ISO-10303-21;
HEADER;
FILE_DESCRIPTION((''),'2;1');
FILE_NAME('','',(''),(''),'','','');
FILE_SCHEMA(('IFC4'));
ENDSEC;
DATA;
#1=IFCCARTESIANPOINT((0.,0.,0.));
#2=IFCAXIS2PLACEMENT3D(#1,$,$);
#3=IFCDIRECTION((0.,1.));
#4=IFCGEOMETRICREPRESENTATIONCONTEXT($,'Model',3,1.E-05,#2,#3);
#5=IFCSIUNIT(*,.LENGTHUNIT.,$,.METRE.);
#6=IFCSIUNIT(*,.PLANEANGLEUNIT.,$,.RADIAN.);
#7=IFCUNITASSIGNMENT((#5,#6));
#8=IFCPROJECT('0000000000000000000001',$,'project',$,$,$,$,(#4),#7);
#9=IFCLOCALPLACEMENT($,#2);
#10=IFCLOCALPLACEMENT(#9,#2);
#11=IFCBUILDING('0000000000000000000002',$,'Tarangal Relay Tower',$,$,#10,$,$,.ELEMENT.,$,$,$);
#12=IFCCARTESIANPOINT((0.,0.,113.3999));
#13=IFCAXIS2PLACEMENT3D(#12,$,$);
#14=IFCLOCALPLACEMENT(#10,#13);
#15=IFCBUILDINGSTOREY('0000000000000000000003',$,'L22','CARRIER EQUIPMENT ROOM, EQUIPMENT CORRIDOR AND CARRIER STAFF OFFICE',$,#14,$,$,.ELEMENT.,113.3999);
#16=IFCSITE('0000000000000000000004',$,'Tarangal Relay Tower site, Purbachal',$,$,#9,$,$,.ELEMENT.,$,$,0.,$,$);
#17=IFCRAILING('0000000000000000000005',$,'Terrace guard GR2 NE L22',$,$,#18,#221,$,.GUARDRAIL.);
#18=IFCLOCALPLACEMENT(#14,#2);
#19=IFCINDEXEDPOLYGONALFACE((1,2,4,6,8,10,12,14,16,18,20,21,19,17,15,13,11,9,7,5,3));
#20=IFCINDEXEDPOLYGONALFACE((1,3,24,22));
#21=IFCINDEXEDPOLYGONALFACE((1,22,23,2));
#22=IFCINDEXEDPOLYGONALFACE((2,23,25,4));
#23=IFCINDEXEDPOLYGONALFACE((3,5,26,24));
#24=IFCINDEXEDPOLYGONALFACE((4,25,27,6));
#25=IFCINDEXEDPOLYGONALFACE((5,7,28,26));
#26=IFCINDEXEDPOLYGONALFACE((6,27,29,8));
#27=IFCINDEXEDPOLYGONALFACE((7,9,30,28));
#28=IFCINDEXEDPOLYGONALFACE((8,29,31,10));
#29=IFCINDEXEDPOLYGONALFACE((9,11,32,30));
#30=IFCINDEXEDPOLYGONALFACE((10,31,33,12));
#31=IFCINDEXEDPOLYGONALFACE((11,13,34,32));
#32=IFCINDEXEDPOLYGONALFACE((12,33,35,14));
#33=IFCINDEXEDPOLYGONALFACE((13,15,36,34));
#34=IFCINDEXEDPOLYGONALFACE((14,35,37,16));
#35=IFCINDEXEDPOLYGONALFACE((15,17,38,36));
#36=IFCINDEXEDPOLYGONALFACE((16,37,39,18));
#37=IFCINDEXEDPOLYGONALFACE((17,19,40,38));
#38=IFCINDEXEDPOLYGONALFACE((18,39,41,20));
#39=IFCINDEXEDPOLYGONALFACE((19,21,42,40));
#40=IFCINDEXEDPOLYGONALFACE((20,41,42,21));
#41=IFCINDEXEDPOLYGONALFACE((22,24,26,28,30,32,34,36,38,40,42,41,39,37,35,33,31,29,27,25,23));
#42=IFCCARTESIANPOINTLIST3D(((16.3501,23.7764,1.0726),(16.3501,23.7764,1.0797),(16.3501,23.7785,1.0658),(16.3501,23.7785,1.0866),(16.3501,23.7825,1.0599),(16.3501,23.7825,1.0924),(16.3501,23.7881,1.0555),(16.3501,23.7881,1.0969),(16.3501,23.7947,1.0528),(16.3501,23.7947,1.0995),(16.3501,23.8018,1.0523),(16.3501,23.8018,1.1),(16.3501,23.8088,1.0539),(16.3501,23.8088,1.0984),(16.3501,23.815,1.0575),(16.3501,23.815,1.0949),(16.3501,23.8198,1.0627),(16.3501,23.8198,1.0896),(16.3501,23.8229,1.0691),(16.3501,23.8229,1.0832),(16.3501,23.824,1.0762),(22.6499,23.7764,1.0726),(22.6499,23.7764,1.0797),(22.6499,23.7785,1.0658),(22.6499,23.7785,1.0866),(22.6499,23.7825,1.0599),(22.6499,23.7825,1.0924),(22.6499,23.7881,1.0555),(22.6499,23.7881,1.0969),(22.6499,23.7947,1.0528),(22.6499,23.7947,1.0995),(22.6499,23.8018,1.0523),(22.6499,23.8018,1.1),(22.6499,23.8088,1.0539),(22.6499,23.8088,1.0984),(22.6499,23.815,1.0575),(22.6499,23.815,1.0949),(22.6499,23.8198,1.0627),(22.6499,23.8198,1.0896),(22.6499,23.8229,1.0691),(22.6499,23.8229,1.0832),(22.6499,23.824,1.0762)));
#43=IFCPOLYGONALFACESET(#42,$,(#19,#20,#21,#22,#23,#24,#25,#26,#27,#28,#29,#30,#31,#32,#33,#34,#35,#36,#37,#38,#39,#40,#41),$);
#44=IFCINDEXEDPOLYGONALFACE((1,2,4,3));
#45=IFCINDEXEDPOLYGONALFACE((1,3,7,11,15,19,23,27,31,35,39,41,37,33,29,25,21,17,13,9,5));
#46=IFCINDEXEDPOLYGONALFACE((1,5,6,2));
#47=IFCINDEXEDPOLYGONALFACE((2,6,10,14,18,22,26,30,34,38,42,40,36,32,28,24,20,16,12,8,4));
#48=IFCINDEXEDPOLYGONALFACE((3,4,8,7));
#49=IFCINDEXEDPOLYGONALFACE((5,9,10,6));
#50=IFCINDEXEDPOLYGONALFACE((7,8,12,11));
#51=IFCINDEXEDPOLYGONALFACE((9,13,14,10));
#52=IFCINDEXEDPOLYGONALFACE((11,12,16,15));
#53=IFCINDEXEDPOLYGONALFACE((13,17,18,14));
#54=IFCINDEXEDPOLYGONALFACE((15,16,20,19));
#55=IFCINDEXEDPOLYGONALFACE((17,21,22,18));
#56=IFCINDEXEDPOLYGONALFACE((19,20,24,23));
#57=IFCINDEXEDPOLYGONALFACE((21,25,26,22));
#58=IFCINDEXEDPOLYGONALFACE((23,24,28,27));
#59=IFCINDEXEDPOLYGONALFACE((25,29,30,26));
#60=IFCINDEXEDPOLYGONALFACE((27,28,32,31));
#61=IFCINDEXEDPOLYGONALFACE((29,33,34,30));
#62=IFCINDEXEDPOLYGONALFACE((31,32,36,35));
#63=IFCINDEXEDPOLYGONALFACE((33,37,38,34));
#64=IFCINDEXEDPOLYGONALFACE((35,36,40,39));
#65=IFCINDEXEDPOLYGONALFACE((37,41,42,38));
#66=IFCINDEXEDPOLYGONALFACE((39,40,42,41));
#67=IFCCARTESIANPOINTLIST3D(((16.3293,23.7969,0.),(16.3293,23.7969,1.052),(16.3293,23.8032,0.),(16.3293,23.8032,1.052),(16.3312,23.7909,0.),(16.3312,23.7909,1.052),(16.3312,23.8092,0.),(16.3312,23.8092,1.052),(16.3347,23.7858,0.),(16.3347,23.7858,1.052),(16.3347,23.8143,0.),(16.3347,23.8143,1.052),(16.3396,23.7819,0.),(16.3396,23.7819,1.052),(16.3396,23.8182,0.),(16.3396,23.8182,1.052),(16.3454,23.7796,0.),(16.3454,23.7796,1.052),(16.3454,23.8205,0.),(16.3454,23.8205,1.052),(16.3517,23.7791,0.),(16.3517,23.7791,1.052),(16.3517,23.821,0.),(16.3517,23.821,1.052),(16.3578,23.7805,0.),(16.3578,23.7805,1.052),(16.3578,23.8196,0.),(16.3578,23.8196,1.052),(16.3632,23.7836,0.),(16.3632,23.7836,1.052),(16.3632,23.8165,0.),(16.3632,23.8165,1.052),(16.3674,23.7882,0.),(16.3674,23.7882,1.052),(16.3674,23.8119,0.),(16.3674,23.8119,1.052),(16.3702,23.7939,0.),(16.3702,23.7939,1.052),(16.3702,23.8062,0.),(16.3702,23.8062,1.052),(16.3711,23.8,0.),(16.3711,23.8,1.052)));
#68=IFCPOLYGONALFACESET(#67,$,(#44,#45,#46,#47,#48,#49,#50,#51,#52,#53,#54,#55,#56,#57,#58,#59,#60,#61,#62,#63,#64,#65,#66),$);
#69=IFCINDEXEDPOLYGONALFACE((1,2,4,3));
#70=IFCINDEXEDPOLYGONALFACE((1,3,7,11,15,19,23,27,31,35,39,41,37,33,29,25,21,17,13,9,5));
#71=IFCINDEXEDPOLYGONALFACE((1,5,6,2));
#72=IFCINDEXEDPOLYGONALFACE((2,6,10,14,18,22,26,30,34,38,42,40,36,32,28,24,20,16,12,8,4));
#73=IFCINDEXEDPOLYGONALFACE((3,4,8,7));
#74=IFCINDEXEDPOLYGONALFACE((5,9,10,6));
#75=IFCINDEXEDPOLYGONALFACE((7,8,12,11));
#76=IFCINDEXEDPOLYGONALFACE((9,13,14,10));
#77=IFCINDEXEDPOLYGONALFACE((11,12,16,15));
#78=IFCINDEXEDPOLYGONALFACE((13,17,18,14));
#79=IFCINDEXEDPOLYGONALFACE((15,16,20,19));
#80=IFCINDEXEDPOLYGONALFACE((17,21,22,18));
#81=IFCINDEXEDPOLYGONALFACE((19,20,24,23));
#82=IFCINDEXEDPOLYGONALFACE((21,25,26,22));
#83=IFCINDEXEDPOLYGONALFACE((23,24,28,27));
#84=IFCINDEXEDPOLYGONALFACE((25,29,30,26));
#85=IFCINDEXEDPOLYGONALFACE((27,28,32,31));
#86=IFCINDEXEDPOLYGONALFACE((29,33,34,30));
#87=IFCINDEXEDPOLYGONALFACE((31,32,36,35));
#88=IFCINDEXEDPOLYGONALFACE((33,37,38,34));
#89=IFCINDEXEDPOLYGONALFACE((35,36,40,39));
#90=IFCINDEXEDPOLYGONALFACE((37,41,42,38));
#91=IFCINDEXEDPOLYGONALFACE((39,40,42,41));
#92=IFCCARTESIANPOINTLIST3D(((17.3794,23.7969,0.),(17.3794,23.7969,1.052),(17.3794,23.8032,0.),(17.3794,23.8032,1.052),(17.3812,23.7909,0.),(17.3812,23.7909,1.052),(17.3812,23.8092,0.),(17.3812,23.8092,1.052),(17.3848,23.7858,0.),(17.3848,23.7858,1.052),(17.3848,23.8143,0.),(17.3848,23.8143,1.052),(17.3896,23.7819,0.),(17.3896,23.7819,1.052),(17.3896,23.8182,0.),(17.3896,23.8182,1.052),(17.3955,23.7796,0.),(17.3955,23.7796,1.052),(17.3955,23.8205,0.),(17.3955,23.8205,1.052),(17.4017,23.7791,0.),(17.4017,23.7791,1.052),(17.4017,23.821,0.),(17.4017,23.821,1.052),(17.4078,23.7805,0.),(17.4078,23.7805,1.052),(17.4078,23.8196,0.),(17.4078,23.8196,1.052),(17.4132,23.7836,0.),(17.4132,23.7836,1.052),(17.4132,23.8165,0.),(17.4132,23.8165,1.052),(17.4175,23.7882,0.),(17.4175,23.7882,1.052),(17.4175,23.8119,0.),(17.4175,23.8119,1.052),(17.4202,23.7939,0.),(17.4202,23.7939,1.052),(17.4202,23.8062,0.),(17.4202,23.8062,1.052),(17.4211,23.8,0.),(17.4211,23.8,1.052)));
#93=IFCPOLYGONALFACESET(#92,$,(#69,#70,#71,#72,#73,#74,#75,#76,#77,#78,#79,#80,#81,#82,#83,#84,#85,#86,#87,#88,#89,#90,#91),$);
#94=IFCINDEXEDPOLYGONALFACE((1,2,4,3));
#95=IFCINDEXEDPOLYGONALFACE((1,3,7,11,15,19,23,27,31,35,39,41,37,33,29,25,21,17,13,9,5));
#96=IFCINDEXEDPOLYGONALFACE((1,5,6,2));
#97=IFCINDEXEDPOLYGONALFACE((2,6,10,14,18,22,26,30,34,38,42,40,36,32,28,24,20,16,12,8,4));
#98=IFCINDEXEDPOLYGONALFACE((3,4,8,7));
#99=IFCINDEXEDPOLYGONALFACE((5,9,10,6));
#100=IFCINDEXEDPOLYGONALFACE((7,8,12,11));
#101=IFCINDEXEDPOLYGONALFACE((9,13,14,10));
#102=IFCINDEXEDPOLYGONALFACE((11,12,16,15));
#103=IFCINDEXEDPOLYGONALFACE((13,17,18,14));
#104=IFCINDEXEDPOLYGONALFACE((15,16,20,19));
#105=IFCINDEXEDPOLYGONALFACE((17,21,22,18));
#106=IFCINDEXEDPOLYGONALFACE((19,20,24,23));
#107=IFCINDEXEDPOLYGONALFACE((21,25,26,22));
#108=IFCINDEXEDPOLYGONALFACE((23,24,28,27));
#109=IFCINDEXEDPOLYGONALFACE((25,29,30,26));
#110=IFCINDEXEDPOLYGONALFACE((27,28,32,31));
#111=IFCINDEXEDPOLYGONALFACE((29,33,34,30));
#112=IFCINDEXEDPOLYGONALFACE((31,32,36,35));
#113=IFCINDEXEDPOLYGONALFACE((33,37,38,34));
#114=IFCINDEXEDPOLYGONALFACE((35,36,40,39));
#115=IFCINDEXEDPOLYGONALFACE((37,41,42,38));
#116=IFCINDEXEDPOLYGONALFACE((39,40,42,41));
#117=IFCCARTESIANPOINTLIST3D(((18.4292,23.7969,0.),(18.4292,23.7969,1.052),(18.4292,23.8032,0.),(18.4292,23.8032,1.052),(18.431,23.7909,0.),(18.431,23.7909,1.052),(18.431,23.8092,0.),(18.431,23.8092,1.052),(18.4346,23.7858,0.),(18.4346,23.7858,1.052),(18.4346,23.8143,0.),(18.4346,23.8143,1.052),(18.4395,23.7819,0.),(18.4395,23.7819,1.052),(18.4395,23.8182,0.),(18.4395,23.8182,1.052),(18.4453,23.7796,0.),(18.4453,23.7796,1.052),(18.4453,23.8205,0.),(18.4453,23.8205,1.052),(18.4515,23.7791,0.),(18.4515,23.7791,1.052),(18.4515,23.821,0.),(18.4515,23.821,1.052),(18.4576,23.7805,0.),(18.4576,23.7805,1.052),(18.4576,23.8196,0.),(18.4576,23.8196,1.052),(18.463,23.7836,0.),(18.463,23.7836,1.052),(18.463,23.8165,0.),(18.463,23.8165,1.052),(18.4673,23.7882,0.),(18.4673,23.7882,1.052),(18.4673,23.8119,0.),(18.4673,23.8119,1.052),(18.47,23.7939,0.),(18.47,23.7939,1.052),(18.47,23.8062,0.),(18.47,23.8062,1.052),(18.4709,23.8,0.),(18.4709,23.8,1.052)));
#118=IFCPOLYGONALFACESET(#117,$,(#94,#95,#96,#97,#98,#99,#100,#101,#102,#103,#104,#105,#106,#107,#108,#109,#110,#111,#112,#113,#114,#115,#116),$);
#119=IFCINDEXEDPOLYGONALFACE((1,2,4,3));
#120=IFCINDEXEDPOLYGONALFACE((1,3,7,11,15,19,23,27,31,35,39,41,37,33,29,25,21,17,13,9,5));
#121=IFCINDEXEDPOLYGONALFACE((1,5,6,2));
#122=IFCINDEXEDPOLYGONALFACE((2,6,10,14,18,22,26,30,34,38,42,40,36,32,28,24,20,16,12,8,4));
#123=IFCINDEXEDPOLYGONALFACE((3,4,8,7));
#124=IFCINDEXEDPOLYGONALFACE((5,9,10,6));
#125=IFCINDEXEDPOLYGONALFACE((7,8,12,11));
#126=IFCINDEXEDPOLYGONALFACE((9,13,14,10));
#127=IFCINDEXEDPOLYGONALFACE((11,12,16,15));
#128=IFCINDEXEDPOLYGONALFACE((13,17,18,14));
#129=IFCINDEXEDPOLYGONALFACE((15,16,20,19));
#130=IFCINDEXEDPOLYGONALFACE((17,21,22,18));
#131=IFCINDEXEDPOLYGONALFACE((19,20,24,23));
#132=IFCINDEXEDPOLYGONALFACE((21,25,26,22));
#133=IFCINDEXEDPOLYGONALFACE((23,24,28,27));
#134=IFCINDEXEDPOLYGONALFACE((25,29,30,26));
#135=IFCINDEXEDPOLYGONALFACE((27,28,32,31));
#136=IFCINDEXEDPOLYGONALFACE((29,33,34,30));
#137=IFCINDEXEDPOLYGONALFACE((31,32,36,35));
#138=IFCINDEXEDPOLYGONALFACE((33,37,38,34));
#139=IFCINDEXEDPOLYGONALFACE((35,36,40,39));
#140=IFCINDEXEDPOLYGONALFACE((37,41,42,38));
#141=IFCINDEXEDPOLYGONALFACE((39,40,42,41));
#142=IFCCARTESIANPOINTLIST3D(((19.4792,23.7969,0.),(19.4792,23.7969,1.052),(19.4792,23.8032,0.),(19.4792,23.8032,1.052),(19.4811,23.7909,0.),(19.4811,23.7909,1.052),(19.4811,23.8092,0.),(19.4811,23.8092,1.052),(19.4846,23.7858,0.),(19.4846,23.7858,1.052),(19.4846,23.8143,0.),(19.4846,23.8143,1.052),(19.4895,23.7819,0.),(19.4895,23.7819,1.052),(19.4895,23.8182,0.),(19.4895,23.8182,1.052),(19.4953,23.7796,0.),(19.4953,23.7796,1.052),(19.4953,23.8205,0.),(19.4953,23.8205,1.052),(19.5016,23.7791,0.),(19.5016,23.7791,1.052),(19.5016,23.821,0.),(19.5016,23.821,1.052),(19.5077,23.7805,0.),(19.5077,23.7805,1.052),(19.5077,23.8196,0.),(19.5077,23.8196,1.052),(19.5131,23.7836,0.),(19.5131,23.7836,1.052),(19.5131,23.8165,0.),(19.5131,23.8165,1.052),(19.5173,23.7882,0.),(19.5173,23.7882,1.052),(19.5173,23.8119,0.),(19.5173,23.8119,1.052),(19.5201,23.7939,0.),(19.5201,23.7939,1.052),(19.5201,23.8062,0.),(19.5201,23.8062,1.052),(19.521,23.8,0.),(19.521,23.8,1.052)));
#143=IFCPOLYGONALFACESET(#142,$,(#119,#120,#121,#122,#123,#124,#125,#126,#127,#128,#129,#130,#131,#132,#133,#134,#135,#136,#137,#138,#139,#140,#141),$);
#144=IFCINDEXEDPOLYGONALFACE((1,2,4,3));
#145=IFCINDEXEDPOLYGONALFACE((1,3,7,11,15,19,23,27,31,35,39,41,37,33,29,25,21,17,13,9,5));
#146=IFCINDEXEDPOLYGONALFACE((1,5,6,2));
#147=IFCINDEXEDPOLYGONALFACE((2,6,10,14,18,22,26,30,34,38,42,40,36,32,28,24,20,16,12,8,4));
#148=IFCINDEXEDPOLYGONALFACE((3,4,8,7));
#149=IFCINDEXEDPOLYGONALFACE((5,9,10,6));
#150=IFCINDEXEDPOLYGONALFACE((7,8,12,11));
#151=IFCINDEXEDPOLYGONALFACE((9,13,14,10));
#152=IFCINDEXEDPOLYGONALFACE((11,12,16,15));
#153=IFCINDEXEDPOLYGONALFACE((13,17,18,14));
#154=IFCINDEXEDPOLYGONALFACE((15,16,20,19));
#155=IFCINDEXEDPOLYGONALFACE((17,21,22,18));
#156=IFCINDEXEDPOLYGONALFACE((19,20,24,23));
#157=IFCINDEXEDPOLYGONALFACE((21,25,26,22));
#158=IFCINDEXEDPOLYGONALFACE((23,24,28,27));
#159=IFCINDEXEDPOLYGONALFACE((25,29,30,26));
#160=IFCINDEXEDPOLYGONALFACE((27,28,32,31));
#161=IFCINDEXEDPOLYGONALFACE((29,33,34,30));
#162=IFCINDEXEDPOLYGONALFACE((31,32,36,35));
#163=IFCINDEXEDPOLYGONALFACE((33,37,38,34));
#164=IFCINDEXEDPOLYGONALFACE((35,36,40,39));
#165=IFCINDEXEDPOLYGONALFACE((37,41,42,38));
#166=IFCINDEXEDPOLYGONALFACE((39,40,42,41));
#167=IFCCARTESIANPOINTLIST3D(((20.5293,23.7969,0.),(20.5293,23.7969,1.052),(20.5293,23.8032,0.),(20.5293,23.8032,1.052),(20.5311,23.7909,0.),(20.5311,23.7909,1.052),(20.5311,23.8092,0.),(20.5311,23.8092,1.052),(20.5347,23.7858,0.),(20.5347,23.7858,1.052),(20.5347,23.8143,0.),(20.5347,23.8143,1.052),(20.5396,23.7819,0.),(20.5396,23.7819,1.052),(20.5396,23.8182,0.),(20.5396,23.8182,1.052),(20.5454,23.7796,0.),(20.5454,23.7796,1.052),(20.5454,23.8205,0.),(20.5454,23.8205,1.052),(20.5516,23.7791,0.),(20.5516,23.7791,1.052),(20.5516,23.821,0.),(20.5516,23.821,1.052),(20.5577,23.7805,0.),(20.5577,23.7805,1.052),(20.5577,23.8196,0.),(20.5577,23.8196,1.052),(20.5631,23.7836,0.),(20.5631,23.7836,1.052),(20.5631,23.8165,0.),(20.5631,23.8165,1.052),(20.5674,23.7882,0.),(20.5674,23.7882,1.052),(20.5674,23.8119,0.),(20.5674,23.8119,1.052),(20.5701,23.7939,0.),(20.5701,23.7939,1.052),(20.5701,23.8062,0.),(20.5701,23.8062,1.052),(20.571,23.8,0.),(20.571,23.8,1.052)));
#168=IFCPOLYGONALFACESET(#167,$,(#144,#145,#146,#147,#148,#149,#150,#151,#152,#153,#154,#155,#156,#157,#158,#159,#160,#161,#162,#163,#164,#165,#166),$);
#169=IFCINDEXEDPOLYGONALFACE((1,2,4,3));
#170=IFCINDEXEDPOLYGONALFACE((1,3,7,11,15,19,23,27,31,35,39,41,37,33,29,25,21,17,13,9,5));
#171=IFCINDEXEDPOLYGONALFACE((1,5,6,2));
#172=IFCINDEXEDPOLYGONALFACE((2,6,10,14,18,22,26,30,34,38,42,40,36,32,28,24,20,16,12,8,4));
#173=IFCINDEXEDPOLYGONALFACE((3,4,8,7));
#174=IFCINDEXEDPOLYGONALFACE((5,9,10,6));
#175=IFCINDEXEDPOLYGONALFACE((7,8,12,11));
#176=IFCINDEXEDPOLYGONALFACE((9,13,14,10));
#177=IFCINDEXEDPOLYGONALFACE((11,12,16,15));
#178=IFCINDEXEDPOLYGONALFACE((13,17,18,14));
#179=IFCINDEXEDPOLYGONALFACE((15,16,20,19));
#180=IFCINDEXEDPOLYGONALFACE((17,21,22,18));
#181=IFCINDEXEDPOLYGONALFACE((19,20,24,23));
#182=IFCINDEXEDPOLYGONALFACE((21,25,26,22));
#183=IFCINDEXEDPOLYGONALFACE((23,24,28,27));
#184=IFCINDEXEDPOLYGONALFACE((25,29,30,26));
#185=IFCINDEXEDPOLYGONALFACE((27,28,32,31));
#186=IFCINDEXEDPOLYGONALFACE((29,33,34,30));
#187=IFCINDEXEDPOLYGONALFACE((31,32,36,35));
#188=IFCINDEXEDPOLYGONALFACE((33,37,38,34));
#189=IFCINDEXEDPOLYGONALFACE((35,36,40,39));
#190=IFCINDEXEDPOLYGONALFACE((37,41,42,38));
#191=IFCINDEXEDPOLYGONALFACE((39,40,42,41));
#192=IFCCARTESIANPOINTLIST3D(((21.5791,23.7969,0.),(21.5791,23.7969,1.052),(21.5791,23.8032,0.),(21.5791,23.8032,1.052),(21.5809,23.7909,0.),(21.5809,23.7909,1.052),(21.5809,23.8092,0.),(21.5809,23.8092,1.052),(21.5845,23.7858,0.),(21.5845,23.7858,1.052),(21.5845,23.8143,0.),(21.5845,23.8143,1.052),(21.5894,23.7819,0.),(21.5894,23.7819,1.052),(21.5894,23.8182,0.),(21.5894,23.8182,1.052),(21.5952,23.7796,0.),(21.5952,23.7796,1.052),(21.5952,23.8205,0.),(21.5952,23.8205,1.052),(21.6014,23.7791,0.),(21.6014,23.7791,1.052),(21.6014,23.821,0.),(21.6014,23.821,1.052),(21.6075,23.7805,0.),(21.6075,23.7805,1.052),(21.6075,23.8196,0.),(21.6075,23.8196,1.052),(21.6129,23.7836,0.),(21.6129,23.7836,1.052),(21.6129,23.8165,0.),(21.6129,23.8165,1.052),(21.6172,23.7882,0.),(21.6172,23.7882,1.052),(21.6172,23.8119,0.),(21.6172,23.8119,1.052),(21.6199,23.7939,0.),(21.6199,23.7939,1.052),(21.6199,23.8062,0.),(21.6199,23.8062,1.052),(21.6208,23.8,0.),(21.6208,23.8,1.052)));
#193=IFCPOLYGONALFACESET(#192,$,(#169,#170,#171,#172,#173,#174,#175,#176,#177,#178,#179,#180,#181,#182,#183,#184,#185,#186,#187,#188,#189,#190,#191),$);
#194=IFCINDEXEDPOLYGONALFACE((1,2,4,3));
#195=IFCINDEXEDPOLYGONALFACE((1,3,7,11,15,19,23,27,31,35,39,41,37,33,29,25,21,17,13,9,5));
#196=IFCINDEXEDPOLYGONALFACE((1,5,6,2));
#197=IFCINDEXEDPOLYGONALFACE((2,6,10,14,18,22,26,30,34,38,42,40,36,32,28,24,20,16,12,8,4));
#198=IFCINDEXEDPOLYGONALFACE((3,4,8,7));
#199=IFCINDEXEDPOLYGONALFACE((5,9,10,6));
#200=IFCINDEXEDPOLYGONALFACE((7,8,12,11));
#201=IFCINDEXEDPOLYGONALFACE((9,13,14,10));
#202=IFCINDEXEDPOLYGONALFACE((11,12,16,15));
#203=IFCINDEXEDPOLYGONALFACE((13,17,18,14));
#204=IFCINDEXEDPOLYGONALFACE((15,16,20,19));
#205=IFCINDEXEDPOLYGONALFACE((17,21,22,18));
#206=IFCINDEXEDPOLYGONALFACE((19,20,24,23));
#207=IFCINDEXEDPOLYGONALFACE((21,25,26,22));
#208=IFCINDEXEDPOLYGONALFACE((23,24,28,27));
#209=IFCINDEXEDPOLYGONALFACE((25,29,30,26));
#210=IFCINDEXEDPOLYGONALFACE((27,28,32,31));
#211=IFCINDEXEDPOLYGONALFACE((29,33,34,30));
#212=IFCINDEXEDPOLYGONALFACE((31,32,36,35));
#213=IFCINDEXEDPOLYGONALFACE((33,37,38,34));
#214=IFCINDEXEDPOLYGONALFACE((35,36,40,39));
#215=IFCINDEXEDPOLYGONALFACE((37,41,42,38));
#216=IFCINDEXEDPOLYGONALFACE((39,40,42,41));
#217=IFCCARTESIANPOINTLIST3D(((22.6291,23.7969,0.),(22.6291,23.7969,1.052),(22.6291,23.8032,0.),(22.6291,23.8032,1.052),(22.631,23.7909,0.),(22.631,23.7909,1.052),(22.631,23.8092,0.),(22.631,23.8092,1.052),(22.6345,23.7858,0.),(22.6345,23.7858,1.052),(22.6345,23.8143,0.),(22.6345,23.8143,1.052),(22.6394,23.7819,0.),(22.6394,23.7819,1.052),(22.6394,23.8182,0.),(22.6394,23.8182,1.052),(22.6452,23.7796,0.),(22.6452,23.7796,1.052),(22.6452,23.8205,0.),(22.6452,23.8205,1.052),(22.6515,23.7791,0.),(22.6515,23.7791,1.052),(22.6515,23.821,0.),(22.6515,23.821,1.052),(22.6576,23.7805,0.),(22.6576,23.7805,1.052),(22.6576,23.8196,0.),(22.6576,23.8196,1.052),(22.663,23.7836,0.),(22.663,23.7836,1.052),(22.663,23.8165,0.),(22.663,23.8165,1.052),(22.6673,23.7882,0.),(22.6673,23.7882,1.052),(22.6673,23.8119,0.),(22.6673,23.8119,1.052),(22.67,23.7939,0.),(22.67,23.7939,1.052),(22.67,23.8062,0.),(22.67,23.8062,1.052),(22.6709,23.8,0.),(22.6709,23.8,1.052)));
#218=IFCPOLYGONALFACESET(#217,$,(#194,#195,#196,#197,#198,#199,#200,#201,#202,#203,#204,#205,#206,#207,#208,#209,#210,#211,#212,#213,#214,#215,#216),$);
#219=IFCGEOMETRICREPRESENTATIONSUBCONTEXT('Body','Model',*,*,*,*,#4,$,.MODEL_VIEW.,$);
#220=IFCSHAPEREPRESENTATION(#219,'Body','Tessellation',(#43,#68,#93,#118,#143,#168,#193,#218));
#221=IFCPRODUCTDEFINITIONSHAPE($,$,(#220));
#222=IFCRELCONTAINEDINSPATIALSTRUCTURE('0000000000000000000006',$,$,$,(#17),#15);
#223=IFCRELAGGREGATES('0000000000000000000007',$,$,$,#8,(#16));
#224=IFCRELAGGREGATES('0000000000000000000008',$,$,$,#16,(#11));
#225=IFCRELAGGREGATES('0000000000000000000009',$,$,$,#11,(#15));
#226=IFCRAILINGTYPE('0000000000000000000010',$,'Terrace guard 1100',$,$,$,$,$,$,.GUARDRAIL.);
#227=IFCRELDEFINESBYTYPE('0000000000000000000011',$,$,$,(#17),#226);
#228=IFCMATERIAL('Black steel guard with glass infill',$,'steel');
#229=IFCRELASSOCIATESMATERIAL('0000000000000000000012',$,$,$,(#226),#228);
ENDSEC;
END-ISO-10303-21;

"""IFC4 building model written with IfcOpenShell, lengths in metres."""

from ifc_helpers import new_model, si_unit, direction, frame, origin, origin_2d, place, context, subcontext, project, spatial, circle, extrude, material, type_object, element, save


model = new_model("IFC4")

# Units and contexts
model_context = context("Model", 3, precision=1e-05, world=origin(), true_north=direction((0.0, 1.0)))
body_context = subcontext(model_context, "Body", "Model", "MODEL_VIEW")
ifc_project = project(units=[si_unit("LENGTHUNIT", "METRE"), si_unit("PLANEANGLEUNIT", "RADIAN")], contexts=[model_context])

# Site, building, storey
site_placement = place(None, origin())
site = spatial("IfcSite", under=ifc_project, at=site_placement, Name="Tarangal Relay Tower site, Purbachal", CompositionType="ELEMENT", RefElevation=0.0)
building_placement = place(site_placement, origin())
building = spatial("IfcBuilding", under=site, at=building_placement, Name="Tarangal Relay Tower", CompositionType="ELEMENT")
storey_placement = place(building_placement, frame((0.0, 0.0, 113.3999)))
storey = spatial("IfcBuildingStorey", under=building, at=storey_placement, Name="L22", Description="CARRIER EQUIPMENT ROOM, EQUIPMENT CORRIDOR AND CARRIER STAFF OFFICE", CompositionType="ELEMENT", Elevation=113.3999)

# Railing
ifc_material_1 = material(Name="Black steel guard with glass infill", Category="steel")
railing_type = type_object("IfcRailingType", Name="Terrace guard 1100", PredefinedType="GUARDRAIL", material=ifc_material_1)
railing_1_placement = place(storey_placement, frame((16.3501, 23.8, 0.0)))
element("IfcRailing", 1, at=railing_1_placement, inside=storey, type_object=railing_type, Name="Terrace guard GR2 NE L22", PredefinedType="GUARDRAIL", context=body_context, shape_type="SweptSolid", body=[
    extrude(circle(Radius=0.0239, at=origin_2d()), frame((0.0, 0.0, 1.0762), z_axis=(1.0, 0.0, 0.0), x_axis=(0.0, 1.0, 0.0)), (0.0, 0.0, 1.0), 6.2998),
    extrude(circle(Radius=0.021, at=origin_2d()), origin(), (0.0, 0.0, 1.0), 1.052),
    extrude(circle(Radius=0.021, at=origin_2d()), frame((1.05, 0.0, 0.0)), (0.0, 0.0, 1.0), 1.052),
    extrude(circle(Radius=0.021, at=origin_2d()), frame((2.0999, 0.0, 0.0)), (0.0, 0.0, 1.0), 1.052),
    extrude(circle(Radius=0.021, at=origin_2d()), frame((3.1499, 0.0, 0.0)), (0.0, 0.0, 1.0), 1.052),
    extrude(circle(Radius=0.021, at=origin_2d()), frame((4.2, 0.0, 0.0)), (0.0, 0.0, 1.0), 1.052),
    extrude(circle(Radius=0.021, at=origin_2d()), frame((5.2498, 0.0, 0.0)), (0.0, 0.0, 1.0), 1.052),
    extrude(circle(Radius=0.021, at=origin_2d()), frame((6.2998, 0.0, 0.0)), (0.0, 0.0, 1.0), 1.052),
])

save(model, "model.ifc")
